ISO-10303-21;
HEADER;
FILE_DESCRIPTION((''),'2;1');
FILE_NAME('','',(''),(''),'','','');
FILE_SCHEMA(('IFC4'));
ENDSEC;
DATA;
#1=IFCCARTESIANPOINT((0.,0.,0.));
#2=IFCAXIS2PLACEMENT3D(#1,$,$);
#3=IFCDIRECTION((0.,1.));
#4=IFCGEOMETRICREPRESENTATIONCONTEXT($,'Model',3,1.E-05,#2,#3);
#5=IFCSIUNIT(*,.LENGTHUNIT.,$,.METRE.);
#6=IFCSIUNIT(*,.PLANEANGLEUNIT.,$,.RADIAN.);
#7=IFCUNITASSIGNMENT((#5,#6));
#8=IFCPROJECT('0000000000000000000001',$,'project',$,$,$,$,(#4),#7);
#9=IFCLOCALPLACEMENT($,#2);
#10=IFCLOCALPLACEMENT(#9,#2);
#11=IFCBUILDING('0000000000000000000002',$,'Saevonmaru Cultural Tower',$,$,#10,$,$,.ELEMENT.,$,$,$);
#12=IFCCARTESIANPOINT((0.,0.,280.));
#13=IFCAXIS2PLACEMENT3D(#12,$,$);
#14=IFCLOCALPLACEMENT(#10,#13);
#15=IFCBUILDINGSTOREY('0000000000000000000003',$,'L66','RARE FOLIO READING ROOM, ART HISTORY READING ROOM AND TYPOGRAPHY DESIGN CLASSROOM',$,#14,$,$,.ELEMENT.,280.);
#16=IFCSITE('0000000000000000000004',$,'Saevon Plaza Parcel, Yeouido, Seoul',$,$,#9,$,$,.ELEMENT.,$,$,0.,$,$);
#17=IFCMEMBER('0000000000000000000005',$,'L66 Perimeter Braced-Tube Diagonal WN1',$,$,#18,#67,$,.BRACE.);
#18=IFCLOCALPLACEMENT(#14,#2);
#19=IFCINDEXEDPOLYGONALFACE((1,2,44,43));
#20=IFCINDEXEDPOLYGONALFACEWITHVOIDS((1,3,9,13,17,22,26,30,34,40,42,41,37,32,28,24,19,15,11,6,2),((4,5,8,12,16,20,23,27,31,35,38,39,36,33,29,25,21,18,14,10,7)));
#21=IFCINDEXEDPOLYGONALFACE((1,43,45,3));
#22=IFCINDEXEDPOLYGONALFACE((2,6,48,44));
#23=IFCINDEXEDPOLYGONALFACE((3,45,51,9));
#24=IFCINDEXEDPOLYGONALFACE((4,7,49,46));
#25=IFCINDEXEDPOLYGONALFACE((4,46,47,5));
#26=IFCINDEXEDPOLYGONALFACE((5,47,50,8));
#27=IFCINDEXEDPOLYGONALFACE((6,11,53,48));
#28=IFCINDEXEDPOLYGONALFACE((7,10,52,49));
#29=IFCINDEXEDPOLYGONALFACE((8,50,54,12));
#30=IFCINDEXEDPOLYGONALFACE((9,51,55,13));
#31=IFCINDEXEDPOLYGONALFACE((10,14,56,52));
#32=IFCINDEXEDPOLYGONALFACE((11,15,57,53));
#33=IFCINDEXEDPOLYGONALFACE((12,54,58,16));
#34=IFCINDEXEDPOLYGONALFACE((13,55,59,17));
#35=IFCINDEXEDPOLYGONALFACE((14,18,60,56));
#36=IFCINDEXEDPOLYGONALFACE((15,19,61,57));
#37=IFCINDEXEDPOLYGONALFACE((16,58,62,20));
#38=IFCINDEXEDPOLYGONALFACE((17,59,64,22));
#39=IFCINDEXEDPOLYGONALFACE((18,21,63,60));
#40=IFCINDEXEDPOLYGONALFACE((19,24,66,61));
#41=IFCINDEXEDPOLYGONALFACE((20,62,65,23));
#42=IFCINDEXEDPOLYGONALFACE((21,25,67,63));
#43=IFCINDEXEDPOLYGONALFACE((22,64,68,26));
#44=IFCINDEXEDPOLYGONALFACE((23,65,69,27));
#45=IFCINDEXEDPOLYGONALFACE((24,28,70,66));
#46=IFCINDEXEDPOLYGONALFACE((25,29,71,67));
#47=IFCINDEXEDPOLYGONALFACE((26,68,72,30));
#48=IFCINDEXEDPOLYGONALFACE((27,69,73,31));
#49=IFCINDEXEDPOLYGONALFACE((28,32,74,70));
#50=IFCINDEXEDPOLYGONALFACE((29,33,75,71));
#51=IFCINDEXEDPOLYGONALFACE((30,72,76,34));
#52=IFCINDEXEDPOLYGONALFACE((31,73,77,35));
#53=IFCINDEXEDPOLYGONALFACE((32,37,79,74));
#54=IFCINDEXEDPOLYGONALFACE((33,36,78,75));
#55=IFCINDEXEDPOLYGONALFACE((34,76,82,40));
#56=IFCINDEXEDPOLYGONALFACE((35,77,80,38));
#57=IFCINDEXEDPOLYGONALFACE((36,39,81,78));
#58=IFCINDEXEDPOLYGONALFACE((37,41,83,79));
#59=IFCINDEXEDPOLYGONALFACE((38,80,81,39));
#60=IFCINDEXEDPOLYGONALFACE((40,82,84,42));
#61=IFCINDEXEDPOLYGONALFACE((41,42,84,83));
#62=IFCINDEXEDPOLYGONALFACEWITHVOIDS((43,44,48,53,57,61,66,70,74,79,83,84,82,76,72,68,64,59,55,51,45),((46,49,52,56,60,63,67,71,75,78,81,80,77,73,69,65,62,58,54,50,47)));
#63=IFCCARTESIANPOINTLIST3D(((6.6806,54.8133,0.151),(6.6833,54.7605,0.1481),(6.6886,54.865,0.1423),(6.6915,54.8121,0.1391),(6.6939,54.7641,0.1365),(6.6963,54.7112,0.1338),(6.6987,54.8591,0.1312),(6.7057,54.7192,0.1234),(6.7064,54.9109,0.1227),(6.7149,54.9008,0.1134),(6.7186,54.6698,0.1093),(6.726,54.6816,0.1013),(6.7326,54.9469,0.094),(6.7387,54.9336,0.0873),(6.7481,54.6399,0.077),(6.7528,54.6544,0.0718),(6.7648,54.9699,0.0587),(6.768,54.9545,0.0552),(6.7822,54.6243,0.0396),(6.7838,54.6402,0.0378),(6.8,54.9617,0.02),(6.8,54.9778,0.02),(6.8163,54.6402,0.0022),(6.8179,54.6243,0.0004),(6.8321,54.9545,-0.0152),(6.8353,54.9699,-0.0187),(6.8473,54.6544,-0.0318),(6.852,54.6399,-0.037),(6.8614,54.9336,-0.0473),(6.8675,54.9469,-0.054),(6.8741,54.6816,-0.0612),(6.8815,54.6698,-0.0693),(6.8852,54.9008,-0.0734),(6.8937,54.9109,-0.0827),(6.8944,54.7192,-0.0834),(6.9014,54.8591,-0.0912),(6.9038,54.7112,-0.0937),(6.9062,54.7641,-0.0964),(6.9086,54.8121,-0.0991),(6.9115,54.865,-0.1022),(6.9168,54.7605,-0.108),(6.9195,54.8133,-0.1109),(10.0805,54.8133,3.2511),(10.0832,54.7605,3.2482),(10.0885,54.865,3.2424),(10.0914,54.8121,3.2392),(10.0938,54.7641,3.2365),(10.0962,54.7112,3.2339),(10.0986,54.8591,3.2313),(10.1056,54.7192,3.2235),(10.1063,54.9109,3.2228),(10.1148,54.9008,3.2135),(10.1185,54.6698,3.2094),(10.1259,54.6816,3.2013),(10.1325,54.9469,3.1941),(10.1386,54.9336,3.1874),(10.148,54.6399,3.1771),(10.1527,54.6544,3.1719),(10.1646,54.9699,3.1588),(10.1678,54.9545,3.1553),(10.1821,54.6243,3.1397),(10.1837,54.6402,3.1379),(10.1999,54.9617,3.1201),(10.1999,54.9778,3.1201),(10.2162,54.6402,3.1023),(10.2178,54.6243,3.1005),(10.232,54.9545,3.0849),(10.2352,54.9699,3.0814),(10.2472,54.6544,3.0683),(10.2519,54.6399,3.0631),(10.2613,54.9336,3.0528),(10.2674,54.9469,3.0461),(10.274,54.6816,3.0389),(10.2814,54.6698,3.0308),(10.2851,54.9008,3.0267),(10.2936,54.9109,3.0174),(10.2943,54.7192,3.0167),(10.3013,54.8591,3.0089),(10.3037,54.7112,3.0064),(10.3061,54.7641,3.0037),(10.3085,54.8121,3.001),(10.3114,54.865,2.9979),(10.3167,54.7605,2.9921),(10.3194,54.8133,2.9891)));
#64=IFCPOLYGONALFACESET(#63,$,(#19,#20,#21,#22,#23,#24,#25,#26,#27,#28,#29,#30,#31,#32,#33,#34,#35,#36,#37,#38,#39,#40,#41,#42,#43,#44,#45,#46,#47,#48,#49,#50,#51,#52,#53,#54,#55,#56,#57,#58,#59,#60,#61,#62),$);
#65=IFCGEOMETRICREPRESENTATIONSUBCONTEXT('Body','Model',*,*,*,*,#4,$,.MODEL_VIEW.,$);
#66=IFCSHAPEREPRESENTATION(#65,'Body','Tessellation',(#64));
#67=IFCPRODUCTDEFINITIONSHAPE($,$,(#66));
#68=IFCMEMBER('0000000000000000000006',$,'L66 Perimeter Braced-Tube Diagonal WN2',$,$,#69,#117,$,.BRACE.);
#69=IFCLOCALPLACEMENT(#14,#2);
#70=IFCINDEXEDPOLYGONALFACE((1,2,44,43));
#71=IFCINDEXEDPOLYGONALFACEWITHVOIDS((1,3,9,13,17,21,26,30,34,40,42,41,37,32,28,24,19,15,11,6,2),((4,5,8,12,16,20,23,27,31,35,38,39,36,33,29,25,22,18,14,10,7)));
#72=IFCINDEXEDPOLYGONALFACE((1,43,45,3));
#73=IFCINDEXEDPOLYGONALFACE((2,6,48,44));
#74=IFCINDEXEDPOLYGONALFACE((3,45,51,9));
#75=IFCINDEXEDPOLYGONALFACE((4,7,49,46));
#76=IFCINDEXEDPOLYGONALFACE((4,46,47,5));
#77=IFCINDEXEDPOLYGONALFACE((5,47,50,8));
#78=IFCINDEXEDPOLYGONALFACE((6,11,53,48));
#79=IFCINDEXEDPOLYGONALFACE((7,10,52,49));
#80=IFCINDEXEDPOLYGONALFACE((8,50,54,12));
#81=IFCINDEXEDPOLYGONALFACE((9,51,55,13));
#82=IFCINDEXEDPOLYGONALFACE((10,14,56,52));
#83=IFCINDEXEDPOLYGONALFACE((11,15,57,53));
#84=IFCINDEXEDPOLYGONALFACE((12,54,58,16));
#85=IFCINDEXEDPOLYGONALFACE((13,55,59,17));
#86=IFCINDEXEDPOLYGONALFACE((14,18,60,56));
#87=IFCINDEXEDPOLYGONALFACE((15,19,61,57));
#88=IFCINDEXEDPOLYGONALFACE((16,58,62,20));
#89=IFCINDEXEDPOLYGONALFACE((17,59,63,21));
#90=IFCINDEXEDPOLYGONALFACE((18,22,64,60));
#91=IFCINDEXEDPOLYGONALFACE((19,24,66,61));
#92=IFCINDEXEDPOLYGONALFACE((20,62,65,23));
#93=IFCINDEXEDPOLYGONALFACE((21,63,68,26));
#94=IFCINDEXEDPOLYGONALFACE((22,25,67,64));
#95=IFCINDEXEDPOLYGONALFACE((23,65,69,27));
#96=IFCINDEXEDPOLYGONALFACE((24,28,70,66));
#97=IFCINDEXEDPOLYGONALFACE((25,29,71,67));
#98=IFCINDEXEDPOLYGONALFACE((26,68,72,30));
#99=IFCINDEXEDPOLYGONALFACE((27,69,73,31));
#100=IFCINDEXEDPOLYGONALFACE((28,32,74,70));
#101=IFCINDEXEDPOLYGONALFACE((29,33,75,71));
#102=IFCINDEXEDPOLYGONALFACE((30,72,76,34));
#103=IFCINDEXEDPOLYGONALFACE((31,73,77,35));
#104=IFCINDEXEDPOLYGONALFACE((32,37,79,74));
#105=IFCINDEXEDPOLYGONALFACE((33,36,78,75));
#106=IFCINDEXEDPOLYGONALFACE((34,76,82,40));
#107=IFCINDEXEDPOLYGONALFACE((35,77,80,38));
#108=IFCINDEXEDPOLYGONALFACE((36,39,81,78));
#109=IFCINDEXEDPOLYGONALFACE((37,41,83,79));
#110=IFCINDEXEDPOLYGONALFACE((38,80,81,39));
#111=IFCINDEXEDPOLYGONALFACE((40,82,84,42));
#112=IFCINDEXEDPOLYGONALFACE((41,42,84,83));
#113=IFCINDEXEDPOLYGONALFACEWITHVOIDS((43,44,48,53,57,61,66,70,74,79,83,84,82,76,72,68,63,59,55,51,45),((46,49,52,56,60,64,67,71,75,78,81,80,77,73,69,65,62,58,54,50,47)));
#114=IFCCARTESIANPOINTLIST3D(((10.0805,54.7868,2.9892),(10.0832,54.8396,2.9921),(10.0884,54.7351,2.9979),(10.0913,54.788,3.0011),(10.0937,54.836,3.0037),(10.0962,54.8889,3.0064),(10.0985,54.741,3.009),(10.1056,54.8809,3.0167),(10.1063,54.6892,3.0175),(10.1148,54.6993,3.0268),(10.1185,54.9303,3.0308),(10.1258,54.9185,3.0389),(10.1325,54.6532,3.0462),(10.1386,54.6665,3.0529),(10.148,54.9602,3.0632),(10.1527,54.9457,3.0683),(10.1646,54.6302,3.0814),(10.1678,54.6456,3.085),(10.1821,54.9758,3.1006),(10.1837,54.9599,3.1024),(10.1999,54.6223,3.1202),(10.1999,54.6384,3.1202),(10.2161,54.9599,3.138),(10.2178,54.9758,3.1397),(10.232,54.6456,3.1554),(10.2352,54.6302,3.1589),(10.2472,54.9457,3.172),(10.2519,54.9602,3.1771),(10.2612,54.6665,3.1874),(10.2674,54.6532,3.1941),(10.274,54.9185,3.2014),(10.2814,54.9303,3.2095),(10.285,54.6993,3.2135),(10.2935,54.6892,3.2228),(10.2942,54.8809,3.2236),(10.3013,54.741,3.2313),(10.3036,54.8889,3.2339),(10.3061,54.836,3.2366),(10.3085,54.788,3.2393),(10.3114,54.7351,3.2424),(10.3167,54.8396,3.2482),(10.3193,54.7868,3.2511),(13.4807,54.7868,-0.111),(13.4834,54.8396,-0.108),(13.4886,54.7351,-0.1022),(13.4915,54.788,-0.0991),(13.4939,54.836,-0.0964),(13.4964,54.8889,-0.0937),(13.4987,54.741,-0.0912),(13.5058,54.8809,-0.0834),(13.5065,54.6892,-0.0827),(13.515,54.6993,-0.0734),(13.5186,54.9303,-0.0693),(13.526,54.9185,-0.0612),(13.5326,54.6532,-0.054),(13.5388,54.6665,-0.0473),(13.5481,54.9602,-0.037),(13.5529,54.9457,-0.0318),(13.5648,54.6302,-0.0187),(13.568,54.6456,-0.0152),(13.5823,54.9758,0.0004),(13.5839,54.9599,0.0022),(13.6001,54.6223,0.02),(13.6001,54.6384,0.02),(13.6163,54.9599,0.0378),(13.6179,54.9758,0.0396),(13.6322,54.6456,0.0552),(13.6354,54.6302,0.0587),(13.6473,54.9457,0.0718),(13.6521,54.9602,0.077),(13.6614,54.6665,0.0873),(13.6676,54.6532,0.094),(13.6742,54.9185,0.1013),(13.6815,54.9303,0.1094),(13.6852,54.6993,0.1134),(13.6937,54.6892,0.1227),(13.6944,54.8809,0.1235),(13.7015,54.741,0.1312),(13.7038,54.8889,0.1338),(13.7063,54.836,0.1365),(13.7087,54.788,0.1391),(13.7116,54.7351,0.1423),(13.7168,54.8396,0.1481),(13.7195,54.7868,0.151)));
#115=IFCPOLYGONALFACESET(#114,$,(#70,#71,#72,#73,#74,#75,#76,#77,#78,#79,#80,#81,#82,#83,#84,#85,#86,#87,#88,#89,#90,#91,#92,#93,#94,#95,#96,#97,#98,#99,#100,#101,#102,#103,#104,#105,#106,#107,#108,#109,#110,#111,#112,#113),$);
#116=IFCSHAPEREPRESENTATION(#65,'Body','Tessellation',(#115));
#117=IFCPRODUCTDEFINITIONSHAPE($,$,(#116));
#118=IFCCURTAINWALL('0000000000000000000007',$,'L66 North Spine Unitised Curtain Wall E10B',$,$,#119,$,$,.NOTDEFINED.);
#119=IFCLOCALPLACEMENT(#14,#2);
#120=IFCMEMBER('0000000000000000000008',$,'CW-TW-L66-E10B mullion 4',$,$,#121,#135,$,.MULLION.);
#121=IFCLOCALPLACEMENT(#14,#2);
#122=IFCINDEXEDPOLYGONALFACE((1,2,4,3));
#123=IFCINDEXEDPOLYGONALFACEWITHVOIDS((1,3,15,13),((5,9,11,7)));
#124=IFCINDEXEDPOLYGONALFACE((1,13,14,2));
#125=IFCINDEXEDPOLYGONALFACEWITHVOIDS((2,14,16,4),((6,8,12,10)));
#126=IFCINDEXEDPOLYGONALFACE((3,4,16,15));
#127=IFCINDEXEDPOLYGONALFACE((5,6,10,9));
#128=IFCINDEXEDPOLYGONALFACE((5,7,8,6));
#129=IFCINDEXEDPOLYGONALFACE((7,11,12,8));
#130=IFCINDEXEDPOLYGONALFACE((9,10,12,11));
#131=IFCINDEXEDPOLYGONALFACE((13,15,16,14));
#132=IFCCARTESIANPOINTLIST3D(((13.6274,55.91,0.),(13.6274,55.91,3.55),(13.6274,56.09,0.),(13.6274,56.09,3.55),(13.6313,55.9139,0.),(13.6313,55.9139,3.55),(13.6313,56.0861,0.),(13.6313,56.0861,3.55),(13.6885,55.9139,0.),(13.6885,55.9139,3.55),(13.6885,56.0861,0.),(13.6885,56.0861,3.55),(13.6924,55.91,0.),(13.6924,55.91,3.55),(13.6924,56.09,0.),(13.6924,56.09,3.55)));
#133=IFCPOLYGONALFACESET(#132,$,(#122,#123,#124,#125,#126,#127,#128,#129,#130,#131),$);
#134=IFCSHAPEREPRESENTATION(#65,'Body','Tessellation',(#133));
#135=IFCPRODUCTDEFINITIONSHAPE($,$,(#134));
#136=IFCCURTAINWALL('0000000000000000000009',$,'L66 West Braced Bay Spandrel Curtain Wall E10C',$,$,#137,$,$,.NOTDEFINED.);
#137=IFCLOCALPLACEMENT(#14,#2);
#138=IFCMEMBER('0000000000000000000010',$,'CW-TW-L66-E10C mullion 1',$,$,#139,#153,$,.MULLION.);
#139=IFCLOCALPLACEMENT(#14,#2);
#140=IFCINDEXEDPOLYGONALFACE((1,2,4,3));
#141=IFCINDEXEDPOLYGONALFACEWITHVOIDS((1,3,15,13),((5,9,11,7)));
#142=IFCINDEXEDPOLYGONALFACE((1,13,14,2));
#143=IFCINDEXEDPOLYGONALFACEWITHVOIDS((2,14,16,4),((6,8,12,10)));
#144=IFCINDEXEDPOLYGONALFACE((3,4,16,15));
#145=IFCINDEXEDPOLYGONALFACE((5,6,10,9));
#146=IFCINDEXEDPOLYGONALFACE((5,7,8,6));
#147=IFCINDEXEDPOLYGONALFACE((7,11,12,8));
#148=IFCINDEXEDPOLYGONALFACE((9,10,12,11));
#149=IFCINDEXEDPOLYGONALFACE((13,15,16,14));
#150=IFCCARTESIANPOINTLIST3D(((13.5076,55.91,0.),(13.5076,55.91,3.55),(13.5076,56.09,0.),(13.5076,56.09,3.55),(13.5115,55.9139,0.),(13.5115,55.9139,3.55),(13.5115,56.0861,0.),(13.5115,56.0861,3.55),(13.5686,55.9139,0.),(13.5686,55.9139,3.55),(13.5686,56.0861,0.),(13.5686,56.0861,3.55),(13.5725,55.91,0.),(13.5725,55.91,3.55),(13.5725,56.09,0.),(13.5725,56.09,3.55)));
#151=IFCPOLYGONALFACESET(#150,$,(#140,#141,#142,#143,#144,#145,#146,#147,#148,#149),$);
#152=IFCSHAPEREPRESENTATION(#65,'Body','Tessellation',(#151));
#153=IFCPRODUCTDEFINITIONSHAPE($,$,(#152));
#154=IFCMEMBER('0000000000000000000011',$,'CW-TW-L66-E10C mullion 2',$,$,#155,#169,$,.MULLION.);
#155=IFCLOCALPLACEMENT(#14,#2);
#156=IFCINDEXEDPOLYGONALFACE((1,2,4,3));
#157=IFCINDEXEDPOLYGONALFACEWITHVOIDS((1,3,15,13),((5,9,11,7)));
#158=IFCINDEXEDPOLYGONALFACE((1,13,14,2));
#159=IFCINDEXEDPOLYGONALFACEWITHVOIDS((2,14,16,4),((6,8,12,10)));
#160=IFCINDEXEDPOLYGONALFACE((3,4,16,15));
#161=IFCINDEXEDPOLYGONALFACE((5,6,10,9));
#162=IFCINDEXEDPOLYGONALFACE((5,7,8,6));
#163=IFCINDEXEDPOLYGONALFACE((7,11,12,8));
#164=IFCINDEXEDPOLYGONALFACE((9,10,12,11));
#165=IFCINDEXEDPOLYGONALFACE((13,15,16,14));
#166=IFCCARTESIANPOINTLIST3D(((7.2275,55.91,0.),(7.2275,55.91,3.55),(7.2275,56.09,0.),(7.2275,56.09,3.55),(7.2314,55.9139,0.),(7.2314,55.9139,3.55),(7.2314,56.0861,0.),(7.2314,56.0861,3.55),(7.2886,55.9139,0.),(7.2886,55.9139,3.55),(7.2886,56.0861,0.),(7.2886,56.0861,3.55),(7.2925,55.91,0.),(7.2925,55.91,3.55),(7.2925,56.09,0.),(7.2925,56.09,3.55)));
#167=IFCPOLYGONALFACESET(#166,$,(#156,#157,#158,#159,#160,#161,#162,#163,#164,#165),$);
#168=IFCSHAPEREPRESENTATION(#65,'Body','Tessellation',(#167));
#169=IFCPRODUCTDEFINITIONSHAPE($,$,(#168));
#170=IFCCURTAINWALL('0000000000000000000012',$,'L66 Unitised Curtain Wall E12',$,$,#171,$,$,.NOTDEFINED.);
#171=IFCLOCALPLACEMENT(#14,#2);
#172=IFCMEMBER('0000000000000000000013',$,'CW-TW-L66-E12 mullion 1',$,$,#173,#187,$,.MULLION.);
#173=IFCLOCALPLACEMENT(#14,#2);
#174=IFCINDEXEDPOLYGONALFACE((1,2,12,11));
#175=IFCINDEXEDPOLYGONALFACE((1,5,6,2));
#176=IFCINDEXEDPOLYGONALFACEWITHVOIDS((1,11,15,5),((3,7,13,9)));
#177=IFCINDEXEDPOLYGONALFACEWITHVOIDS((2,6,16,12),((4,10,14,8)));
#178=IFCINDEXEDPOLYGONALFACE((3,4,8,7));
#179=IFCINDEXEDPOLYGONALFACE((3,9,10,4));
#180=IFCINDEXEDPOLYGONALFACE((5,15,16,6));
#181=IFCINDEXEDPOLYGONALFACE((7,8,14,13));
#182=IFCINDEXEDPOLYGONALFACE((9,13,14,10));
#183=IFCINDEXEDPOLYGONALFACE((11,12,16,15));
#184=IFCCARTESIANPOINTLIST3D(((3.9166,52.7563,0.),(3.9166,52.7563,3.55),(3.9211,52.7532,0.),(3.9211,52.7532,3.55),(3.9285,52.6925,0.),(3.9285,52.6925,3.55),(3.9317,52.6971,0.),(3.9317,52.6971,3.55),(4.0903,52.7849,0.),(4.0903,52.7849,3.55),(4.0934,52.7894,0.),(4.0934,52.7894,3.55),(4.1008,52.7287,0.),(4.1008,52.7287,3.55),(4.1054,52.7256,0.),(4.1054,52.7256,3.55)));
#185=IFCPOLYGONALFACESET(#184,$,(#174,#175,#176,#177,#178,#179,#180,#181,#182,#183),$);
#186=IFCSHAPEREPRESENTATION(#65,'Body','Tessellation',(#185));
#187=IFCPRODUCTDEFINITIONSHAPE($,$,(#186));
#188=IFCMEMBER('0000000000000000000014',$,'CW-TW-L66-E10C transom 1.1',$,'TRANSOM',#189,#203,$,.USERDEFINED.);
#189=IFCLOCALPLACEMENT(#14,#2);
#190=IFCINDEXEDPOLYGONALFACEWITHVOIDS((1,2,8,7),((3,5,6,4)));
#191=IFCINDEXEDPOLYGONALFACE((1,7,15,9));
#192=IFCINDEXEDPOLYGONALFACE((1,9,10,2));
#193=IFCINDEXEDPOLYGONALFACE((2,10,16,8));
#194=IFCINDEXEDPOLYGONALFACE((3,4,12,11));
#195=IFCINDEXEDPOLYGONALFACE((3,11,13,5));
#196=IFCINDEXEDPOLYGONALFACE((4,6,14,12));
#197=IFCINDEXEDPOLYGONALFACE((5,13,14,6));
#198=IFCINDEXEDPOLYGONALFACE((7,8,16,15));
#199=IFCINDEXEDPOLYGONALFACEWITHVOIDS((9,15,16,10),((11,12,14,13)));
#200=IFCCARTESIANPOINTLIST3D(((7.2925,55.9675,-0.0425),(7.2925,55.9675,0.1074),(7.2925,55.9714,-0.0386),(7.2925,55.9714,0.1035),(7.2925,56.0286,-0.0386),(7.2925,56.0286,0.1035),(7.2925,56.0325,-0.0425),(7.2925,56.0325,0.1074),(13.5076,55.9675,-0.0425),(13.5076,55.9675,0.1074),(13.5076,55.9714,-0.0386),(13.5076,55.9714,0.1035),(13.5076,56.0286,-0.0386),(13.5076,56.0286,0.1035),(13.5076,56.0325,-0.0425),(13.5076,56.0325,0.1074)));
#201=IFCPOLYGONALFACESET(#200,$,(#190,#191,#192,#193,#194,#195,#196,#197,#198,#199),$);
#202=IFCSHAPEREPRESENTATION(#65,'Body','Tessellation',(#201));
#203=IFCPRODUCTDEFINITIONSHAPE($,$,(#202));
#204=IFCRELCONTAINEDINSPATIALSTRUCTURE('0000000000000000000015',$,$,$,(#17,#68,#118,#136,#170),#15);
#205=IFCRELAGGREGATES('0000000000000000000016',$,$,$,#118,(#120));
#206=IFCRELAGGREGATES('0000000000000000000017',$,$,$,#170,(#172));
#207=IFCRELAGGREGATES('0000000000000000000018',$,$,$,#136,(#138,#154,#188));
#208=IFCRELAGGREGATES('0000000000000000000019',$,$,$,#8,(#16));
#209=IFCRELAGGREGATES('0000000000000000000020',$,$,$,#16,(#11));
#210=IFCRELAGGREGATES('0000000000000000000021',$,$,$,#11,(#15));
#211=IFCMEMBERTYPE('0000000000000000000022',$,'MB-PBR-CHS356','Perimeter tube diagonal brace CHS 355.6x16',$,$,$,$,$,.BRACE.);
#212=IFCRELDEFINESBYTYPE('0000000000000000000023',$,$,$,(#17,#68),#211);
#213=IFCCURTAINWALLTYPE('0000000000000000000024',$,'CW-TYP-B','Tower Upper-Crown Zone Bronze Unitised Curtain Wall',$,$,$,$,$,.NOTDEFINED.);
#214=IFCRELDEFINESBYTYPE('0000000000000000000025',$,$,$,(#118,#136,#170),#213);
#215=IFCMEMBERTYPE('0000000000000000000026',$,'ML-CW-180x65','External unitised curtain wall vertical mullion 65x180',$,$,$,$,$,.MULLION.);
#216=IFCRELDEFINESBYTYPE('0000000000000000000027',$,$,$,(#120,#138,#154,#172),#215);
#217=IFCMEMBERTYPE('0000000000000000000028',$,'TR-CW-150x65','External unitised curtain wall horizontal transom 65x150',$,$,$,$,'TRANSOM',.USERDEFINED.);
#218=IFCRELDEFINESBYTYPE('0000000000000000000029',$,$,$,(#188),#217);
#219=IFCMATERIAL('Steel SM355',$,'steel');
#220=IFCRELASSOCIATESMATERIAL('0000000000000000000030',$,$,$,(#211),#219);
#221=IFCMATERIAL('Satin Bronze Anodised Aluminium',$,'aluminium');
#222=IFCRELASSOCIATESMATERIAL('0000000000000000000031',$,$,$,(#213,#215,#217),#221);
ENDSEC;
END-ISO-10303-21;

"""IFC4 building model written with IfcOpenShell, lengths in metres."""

from ifc_helpers import new_model, si_unit, direction, frame, origin, origin_2d, place, context, subcontext, project, spatial, hollow_rectangle, hollow_circle, extrude, material, material_profile, profile_set, type_object, element, aggregate, save


model = new_model("IFC4")

# Units and contexts
model_context = context("Model", 3, precision=1e-05, world=origin(), true_north=direction((0.0, 1.0)))
body_context = subcontext(model_context, "Body", "Model", "MODEL_VIEW")
ifc_project = project(units=[si_unit("LENGTHUNIT", "METRE"), si_unit("PLANEANGLEUNIT", "RADIAN")], contexts=[model_context])

# Site, building, storey
site_placement = place(None, origin())
site = spatial("IfcSite", under=ifc_project, at=site_placement, Name="Saevon Plaza Parcel, Yeouido, Seoul", CompositionType="ELEMENT", RefElevation=0.0)
building_placement = place(site_placement, origin())
building = spatial("IfcBuilding", under=site, at=building_placement, Name="Saevonmaru Cultural Tower", CompositionType="ELEMENT")
storey_placement = place(building_placement, frame((0.0, 0.0, 280.0)))
storey = spatial("IfcBuildingStorey", under=building, at=storey_placement, Name="L66", Description="RARE FOLIO READING ROOM, ART HISTORY READING ROOM AND TYPOGRAPHY DESIGN CLASSROOM", CompositionType="ELEMENT", Elevation=280.0)

# Shared definitions
ifc_material_1 = material(Name="Steel SM355", Category="steel")

# Members
ifc_material_profile_1 = material_profile(ifc_material_1, hollow_circle(Radius=0.1777, WallThickness=0.0161, at=origin_2d()), Name="CHS-355.6x16")
ifc_profile_set_1 = profile_set([ifc_material_profile_1], Name="Steel SM355")
member_type_1 = type_object("IfcMemberType", Name="MB-PBR-CHS356", Description="Perimeter tube diagonal brace CHS 355.6x16", PredefinedType="BRACE", material=ifc_profile_set_1)
member_1_placement = place(storey_placement, frame((6.8, 54.8, 0.02), z_axis=(0.738936, 0.0, 0.673776), x_axis=(0.0, 1.0, 0.0)))
element("IfcMember", 1, at=member_1_placement, inside=storey, type_object=member_type_1, Name="L66 Perimeter Braced-Tube Diagonal WN1", PredefinedType="BRACE", context=body_context, shape_type="SweptSolid", body=[
    extrude(hollow_circle(Radius=0.1777, WallThickness=0.0161, at=origin_2d()), origin(), (0.0, 0.0, 1.0), 4.6011),
])
member_2_placement = place(storey_placement, frame((13.6001, 54.8, 0.02), z_axis=(-0.73896, 0.0, 0.67375), x_axis=(0.0, -1.0, 0.0)))
element("IfcMember", 2, at=member_2_placement, inside=storey, type_object=member_type_1, Name="L66 Perimeter Braced-Tube Diagonal WN2", PredefinedType="BRACE", context=body_context, shape_type="SweptSolid", body=[
    extrude(hollow_circle(Radius=0.1777, WallThickness=0.0161, at=origin_2d()), origin(), (0.0, 0.0, 1.0), 4.6013),
])

# Curtain wall, member
ifc_material_2 = material(Name="Satin Bronze Anodised Aluminium", Category="aluminium")
curtain_wall_type = type_object("IfcCurtainWallType", Name="CW-TYP-B", Description="Tower Upper-Crown Zone Bronze Unitised Curtain Wall", PredefinedType="NOTDEFINED", material=ifc_material_2)
curtain_wall_1_placement = place(storey_placement, origin())
curtain_wall_1 = element("IfcCurtainWall", 3, at=curtain_wall_1_placement, inside=storey, type_object=curtain_wall_type, Name="L66 North Spine Unitised Curtain Wall E10B", PredefinedType="NOTDEFINED")
ifc_material_profile_2 = material_profile(ifc_material_2, hollow_rectangle(XDim=0.0649, YDim=0.1799, WallThickness=0.0039, at=origin_2d()), Name="ALU-MULL-180x65x4")
ifc_profile_set_2 = profile_set([ifc_material_profile_2], Name="Satin Bronze Anodised Aluminium")
member_type_2 = type_object("IfcMemberType", Name="ML-CW-180x65", Description="External unitised curtain wall vertical mullion 65x180", PredefinedType="MULLION", material=ifc_profile_set_2)
member_3_placement = place(storey_placement, frame((13.6599, 56.0, 0.0), z_axis=(0.0, 0.0, 1.0), x_axis=(-1.0, 0.0, 0.0)))
member_3 = element("IfcMember", 4, at=member_3_placement, type_object=member_type_2, Name="CW-TW-L66-E10B mullion 4", PredefinedType="MULLION", context=body_context, shape_type="SweptSolid", body=[
    extrude(hollow_rectangle(XDim=0.0649, YDim=0.1799, WallThickness=0.0039, at=origin_2d()), origin(), (0.0, 0.0, 1.0), 3.55),
])
aggregate(curtain_wall_1, [member_3])

# Curtain wall, members
curtain_wall_2_placement = place(storey_placement, origin())
curtain_wall_2 = element("IfcCurtainWall", 5, at=curtain_wall_2_placement, inside=storey, type_object=curtain_wall_type, Name="L66 West Braced Bay Spandrel Curtain Wall E10C", PredefinedType="NOTDEFINED")
member_4_placement = place(storey_placement, frame((13.54, 56.0, 0.0), z_axis=(0.0, 0.0, 1.0), x_axis=(-1.0, 0.0, 0.0)))
member_4 = element("IfcMember", 6, at=member_4_placement, type_object=member_type_2, Name="CW-TW-L66-E10C mullion 1", PredefinedType="MULLION", context=body_context, shape_type="SweptSolid", body=[
    extrude(hollow_rectangle(XDim=0.0649, YDim=0.1799, WallThickness=0.0039, at=origin_2d()), origin(), (0.0, 0.0, 1.0), 3.55),
])
member_5_placement = place(storey_placement, frame((7.26, 56.0, 0.0), z_axis=(0.0, 0.0, 1.0), x_axis=(-1.0, 0.0, 0.0)))
member_5 = element("IfcMember", 7, at=member_5_placement, type_object=member_type_2, Name="CW-TW-L66-E10C mullion 2", PredefinedType="MULLION", context=body_context, shape_type="SweptSolid", body=[
    extrude(hollow_rectangle(XDim=0.0649, YDim=0.1799, WallThickness=0.0039, at=origin_2d()), origin(), (0.0, 0.0, 1.0), 3.55),
])

# Curtain wall, member
curtain_wall_3_placement = place(storey_placement, origin())
curtain_wall_3 = element("IfcCurtainWall", 8, at=curtain_wall_3_placement, inside=storey, type_object=curtain_wall_type, Name="L66 Unitised Curtain Wall E12", PredefinedType="NOTDEFINED")
member_6_placement = place(storey_placement, frame((4.011, 52.741, 0.0), z_axis=(0.0, 0.0, 1.0), x_axis=(0.184047, -0.982918, 0.0)))
member_6 = element("IfcMember", 9, at=member_6_placement, type_object=member_type_2, Name="CW-TW-L66-E12 mullion 1", PredefinedType="MULLION", context=body_context, shape_type="SweptSolid", body=[
    extrude(hollow_rectangle(XDim=0.0649, YDim=0.1799, WallThickness=0.0039, at=origin_2d()), origin(), (0.0, 0.0, 1.0), 3.55),
])

# Member
ifc_material_profile_3 = material_profile(ifc_material_2, hollow_rectangle(XDim=0.0649, YDim=0.1499, WallThickness=0.0039, at=origin_2d()), Name="ALU-TRAN-150x65x4")
ifc_profile_set_3 = profile_set([ifc_material_profile_3], Name="Satin Bronze Anodised Aluminium")
member_type_3 = type_object("IfcMemberType", Name="TR-CW-150x65", Description="External unitised curtain wall horizontal transom 65x150", ElementType="TRANSOM", PredefinedType="USERDEFINED", material=ifc_profile_set_3)
member_7_placement = place(storey_placement, frame((13.5076, 56.0, 0.0325), z_axis=(-1.0, 0.0, 0.0), x_axis=(0.0, -1.0, 0.0)))
member_7 = element("IfcMember", 10, at=member_7_placement, type_object=member_type_3, Name="CW-TW-L66-E10C transom 1.1", ObjectType="TRANSOM", PredefinedType="USERDEFINED", context=body_context, shape_type="SweptSolid", body=[
    extrude(hollow_rectangle(XDim=0.0649, YDim=0.1499, WallThickness=0.0039, at=origin_2d()), origin(), (0.0, 0.0, 1.0), 6.2151),
])

aggregate(curtain_wall_3, [member_6])
aggregate(curtain_wall_2, [member_4, member_5, member_7])

save(model, "model.ifc")
